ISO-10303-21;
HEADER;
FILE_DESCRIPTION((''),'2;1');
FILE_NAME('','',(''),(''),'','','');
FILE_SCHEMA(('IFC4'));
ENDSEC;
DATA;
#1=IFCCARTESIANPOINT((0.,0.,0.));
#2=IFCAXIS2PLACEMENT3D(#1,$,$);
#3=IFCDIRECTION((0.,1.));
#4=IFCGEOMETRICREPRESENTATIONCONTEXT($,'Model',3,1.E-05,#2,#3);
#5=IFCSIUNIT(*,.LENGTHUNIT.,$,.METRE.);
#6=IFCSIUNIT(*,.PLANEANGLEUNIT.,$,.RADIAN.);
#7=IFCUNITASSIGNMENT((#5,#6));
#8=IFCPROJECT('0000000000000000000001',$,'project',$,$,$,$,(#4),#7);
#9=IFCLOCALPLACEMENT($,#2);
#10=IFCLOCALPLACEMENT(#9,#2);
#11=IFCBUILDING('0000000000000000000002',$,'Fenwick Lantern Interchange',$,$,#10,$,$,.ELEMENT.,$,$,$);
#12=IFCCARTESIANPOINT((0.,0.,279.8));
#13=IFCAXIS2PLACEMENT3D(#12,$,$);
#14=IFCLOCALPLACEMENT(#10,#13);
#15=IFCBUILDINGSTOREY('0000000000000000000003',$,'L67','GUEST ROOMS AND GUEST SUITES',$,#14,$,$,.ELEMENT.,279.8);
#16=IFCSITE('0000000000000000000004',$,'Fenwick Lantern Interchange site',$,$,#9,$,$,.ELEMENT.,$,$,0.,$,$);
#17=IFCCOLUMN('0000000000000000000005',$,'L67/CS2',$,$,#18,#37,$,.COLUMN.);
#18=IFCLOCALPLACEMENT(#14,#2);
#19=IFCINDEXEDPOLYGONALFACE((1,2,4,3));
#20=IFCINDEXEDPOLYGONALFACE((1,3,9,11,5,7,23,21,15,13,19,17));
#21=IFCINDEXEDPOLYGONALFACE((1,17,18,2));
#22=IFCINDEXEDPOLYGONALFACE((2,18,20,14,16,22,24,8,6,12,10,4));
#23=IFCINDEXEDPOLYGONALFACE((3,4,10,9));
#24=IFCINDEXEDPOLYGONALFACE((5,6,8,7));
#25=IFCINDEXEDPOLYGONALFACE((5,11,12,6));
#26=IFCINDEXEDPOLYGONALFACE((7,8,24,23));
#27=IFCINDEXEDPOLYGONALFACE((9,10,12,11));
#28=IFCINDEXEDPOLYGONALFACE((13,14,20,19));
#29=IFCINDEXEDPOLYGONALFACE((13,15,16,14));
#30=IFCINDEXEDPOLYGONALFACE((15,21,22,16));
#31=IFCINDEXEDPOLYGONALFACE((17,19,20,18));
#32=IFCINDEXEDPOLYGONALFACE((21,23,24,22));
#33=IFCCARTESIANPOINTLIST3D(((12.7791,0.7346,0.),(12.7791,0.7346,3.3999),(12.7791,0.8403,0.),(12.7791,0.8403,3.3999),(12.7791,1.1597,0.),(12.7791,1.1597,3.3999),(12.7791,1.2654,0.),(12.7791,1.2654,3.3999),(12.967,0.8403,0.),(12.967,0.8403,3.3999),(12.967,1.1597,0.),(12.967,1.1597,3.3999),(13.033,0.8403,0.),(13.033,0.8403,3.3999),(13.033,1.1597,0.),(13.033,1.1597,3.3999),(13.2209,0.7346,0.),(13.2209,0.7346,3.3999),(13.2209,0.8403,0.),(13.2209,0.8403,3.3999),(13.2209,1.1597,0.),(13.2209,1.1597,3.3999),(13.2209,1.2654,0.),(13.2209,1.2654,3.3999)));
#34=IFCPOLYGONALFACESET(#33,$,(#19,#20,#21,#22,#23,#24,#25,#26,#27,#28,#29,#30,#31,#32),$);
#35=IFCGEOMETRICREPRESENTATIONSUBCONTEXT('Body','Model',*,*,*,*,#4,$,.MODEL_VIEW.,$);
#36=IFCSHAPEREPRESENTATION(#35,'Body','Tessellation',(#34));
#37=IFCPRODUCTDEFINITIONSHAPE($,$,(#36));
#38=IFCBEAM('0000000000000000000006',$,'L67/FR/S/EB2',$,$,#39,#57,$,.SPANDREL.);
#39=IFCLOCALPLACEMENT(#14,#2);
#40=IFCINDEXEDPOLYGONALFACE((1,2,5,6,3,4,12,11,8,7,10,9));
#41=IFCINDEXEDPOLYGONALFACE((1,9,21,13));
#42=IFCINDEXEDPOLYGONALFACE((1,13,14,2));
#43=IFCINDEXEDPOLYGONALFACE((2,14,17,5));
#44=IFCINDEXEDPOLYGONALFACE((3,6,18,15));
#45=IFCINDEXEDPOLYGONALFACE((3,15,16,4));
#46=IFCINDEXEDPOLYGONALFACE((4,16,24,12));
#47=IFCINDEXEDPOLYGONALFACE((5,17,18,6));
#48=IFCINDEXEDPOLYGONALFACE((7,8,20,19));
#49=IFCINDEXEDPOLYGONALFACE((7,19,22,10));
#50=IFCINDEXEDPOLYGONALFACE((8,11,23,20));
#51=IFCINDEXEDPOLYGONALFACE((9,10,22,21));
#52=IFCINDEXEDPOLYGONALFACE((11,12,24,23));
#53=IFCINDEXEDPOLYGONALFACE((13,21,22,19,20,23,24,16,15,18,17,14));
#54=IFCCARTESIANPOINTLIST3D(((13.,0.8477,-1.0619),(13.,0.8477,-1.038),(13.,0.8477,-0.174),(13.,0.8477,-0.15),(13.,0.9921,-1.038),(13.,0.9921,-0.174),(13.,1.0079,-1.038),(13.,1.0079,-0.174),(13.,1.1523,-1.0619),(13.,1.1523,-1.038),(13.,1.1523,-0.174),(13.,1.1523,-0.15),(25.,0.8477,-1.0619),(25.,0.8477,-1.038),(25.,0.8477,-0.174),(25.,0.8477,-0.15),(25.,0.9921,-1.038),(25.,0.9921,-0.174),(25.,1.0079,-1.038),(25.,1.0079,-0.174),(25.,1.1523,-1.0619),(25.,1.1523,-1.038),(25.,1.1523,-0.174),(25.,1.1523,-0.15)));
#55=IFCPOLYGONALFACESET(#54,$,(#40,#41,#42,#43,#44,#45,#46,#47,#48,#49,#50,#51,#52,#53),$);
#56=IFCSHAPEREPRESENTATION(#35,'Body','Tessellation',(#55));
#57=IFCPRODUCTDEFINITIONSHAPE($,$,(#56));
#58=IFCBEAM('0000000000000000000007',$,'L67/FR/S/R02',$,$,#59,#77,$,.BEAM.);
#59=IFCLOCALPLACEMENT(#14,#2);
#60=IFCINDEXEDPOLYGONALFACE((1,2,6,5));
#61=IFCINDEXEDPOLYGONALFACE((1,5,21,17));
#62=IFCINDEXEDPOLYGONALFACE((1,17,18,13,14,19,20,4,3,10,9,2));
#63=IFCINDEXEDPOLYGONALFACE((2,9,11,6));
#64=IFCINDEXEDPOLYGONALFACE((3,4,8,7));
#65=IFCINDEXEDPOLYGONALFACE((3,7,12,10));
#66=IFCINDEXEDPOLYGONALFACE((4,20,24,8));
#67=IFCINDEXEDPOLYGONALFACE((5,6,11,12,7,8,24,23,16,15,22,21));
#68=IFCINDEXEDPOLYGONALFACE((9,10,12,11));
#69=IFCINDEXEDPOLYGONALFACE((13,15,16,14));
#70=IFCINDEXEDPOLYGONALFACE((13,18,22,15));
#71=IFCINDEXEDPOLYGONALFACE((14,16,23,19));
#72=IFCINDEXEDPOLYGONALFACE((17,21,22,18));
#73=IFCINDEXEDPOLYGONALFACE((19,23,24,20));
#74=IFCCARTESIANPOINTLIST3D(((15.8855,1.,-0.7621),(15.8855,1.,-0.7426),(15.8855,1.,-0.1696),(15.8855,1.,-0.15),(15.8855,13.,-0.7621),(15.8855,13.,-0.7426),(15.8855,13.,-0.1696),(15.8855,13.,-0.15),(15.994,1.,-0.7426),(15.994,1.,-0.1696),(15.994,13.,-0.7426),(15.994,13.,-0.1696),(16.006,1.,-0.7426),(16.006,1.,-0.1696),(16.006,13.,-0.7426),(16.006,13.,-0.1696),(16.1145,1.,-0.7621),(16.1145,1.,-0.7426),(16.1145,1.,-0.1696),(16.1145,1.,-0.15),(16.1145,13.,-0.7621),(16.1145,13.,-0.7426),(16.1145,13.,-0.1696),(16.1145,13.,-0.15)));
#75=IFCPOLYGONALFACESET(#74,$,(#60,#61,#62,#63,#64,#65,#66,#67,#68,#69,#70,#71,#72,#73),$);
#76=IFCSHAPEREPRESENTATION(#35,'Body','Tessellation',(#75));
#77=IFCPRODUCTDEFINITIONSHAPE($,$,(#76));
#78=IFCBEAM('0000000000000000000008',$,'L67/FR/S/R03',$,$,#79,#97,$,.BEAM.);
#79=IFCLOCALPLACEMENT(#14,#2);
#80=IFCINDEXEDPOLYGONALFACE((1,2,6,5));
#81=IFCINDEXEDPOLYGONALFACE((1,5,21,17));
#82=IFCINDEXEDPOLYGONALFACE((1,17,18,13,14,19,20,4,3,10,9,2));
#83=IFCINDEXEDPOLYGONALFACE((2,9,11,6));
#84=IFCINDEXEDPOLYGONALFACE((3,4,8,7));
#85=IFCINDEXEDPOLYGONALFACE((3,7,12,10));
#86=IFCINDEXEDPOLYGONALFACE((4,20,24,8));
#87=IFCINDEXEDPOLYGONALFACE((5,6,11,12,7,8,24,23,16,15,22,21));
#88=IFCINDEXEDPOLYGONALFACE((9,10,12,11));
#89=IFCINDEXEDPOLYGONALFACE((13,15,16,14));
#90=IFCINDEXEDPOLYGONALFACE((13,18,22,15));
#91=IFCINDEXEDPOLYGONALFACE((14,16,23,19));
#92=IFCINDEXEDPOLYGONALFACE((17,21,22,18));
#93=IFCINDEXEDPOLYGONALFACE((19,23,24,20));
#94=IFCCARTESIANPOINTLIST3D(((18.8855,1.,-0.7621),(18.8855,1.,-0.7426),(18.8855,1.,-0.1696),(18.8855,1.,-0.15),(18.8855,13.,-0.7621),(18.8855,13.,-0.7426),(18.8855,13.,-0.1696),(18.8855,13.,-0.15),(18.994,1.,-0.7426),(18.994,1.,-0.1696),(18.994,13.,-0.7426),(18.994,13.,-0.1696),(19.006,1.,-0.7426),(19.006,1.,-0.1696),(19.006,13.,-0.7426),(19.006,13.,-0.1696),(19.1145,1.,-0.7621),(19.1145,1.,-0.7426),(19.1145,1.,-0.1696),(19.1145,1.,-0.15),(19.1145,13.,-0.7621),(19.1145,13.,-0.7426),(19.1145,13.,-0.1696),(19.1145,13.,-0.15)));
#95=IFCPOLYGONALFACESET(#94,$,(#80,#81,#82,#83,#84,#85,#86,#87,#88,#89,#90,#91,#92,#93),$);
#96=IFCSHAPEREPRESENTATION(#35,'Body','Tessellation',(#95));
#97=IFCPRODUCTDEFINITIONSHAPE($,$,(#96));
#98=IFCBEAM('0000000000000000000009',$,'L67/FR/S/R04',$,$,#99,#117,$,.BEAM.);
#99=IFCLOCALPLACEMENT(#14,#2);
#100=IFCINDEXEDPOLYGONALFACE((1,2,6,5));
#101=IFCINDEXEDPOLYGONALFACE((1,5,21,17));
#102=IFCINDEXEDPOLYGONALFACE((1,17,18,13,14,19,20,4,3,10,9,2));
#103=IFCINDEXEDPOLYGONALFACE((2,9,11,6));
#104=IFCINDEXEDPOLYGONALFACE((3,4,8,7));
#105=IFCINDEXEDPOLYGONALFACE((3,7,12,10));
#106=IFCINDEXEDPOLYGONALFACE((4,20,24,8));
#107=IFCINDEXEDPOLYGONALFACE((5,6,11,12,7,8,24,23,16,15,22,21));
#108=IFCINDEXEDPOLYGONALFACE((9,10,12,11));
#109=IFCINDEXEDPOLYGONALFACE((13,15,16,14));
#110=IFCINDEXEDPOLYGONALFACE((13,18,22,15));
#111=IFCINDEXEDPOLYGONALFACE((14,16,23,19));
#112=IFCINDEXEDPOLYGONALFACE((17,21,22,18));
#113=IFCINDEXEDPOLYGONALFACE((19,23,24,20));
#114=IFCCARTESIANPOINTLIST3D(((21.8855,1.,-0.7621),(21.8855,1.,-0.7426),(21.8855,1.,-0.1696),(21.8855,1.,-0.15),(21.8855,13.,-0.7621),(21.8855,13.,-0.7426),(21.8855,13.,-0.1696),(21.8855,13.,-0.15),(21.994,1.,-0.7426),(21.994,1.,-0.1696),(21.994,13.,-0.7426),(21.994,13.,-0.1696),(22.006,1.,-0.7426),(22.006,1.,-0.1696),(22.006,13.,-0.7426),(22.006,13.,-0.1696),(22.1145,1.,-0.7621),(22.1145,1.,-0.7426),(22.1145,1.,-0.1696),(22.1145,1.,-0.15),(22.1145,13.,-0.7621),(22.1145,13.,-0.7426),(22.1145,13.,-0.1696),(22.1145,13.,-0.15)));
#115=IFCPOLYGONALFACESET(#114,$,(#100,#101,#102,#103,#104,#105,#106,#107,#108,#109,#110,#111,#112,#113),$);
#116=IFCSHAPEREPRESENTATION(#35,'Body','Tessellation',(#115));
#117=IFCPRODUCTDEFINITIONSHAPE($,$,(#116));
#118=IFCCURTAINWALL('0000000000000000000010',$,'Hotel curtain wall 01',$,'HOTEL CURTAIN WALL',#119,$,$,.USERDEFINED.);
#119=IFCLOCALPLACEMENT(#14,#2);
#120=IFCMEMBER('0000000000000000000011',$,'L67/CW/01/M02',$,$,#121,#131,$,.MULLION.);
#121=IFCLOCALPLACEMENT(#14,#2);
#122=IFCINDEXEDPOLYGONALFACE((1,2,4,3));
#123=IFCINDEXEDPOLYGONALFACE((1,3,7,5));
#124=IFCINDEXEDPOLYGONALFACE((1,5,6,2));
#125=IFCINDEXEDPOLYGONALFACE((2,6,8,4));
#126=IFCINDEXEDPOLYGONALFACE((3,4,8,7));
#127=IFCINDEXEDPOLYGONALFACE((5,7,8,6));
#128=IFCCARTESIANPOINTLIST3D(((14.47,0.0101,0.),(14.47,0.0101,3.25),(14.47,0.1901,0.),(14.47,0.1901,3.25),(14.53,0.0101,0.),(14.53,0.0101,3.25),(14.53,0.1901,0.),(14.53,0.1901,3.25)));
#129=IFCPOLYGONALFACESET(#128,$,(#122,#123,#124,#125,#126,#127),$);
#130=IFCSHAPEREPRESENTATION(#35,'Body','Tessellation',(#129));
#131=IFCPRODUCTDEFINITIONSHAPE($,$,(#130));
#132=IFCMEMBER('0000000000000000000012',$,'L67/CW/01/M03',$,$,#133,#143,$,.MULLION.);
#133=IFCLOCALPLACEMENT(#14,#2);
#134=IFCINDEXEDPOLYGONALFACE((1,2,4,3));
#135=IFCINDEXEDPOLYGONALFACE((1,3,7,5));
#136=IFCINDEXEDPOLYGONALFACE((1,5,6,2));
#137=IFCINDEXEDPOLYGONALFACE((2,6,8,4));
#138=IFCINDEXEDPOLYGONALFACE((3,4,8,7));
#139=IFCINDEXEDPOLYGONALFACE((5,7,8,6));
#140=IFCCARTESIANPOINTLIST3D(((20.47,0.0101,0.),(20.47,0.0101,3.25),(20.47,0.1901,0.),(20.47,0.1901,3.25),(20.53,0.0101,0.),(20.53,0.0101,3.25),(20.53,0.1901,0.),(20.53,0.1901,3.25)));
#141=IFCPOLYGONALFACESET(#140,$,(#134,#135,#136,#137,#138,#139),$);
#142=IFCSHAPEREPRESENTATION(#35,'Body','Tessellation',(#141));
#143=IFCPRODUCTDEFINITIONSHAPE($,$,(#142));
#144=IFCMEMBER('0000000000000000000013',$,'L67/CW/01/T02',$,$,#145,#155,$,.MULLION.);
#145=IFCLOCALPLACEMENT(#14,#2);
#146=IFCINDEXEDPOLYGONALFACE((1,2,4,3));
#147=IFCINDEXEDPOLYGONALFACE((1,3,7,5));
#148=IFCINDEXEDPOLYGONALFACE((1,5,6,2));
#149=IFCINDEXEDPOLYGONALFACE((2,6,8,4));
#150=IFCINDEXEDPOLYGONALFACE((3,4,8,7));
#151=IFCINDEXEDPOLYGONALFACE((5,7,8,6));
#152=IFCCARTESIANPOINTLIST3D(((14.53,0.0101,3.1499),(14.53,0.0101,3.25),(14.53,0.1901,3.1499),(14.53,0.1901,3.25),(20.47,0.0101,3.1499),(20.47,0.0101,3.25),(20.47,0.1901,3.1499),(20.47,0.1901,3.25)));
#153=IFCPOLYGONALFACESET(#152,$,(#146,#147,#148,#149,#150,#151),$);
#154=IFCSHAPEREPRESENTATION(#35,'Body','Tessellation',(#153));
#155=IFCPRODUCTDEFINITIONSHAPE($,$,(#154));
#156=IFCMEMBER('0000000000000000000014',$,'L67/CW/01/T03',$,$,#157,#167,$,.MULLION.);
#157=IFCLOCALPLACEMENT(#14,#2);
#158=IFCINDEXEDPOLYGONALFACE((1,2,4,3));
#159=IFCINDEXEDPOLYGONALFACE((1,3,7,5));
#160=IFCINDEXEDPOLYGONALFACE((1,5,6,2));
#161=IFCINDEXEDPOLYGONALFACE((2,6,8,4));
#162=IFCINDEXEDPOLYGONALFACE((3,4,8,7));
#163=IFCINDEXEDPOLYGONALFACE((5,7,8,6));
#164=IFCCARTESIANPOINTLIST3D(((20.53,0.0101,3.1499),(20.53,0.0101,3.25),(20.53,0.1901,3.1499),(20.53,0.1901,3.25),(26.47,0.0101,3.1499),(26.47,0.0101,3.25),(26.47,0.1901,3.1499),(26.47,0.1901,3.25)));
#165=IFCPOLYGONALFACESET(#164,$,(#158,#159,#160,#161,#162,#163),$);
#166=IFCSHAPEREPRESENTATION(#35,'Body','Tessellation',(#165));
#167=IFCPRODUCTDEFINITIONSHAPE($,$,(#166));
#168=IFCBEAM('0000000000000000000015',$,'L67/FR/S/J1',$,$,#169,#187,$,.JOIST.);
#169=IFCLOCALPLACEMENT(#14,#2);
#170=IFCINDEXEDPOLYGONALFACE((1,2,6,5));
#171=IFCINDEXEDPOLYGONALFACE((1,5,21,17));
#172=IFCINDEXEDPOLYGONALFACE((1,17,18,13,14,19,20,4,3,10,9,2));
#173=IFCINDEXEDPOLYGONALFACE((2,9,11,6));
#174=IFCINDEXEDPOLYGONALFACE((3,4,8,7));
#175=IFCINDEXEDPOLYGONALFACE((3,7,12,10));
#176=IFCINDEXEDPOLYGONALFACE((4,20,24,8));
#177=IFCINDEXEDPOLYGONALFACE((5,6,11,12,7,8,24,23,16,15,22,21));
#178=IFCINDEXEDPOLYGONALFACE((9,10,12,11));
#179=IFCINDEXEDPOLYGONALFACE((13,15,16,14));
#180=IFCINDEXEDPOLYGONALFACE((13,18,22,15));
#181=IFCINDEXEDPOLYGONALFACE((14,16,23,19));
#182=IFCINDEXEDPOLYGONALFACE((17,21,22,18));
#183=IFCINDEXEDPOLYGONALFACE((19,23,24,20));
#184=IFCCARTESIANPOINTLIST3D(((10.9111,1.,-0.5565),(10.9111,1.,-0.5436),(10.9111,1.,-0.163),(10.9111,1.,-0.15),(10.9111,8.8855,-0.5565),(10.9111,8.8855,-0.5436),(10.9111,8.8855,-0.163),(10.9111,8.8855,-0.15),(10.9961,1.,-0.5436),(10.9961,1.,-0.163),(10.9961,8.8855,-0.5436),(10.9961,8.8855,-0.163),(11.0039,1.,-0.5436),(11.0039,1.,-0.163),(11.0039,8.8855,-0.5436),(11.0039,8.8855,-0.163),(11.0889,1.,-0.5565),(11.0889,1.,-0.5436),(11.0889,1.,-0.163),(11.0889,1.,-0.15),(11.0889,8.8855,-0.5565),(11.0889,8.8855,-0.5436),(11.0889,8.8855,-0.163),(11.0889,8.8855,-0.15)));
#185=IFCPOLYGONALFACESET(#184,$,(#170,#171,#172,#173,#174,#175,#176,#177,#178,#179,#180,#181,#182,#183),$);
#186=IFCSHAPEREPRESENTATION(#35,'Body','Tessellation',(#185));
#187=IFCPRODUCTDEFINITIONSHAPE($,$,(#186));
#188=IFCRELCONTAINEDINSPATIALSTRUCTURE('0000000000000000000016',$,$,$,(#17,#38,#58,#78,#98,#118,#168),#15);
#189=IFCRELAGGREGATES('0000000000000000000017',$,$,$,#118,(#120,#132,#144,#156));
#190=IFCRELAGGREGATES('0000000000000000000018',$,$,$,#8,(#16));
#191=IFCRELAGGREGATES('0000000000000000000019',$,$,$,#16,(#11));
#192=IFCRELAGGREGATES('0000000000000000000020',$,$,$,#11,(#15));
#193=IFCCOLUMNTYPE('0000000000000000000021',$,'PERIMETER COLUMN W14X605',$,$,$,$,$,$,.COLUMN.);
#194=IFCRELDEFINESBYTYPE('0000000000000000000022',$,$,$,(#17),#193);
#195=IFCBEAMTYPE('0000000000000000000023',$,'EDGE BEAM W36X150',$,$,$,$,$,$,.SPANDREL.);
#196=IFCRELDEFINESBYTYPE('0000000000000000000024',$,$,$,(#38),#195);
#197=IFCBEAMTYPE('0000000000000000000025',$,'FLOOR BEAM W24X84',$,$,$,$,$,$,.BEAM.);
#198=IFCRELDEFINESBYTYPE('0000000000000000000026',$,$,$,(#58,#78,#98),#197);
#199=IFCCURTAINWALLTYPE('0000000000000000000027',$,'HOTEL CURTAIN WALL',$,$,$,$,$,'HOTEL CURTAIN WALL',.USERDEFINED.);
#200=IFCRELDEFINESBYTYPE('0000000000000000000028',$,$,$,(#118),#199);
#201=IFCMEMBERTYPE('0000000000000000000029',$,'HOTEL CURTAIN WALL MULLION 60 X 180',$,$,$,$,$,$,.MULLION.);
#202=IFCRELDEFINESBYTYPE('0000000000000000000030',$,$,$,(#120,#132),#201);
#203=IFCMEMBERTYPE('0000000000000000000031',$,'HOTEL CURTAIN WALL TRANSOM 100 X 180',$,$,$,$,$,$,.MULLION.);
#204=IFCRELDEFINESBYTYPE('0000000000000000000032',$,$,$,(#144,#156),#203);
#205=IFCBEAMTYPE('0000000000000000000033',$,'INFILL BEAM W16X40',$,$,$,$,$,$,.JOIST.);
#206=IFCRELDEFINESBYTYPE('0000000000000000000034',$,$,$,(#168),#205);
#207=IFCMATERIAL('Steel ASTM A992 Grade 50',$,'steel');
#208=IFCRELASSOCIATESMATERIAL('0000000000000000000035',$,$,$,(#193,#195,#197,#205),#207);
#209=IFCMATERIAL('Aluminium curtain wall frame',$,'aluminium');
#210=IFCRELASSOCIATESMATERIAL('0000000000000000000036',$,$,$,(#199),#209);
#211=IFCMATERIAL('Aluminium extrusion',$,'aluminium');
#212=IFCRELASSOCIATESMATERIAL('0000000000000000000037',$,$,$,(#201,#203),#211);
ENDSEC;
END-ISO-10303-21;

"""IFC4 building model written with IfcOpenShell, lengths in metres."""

from ifc_helpers import new_model, si_unit, direction, frame, origin, origin_2d, place, context, subcontext, project, spatial, rectangle, i_section, extrude, material, material_profile, profile_set, type_object, element, aggregate, save


model = new_model("IFC4")

# Units and contexts
model_context = context("Model", 3, precision=1e-05, world=origin(), true_north=direction((0.0, 1.0)))
body_context = subcontext(model_context, "Body", "Model", "MODEL_VIEW")
ifc_project = project(units=[si_unit("LENGTHUNIT", "METRE"), si_unit("PLANEANGLEUNIT", "RADIAN")], contexts=[model_context])

# Site, building, storey
site_placement = place(None, origin())
site = spatial("IfcSite", under=ifc_project, at=site_placement, Name="Fenwick Lantern Interchange site", CompositionType="ELEMENT", RefElevation=0.0)
building_placement = place(site_placement, origin())
building = spatial("IfcBuilding", under=site, at=building_placement, Name="Fenwick Lantern Interchange", CompositionType="ELEMENT")
storey_placement = place(building_placement, frame((0.0, 0.0, 279.8)))
storey = spatial("IfcBuildingStorey", under=building, at=storey_placement, Name="L67", Description="GUEST ROOMS AND GUEST SUITES", CompositionType="ELEMENT", Elevation=279.8)

# Column
ifc_material_1 = material(Name="Steel ASTM A992 Grade 50", Category="steel")
ifc_material_profile_1 = material_profile(ifc_material_1, i_section(OverallWidth=0.4419, OverallDepth=0.5308, WebThickness=0.0659, FlangeThickness=0.1057, at=origin_2d()), Name="W14X605")
ifc_profile_set_1 = profile_set([ifc_material_profile_1], Name="Steel ASTM A992 Grade 50")
column_type = type_object("IfcColumnType", Name="PERIMETER COLUMN W14X605", PredefinedType="COLUMN", material=ifc_profile_set_1)
column_placement = place(storey_placement, frame((13.0, 1.0, 0.0), z_axis=(0.0, 0.0, 1.0), x_axis=(1.0, 0.0, 0.0)))
element("IfcColumn", 1, at=column_placement, inside=storey, type_object=column_type, Name="L67/CS2", PredefinedType="COLUMN", context=body_context, shape_type="SweptSolid", body=[
    extrude(i_section(OverallWidth=0.4419, OverallDepth=0.5308, WebThickness=0.0659, FlangeThickness=0.1057, at=origin_2d()), origin(), (0.0, 0.0, 1.0), 3.3999),
])

# Beams
ifc_material_profile_2 = material_profile(ifc_material_1, i_section(OverallWidth=0.3047, OverallDepth=0.9119, WebThickness=0.0159, FlangeThickness=0.0239, at=origin_2d()), Name="W36X150")
ifc_profile_set_2 = profile_set([ifc_material_profile_2], Name="Steel ASTM A992 Grade 50")
beam_type_1 = type_object("IfcBeamType", Name="EDGE BEAM W36X150", PredefinedType="SPANDREL", material=ifc_profile_set_2)
beam_1_placement = place(storey_placement, frame((13.0, 1.0, -0.606), z_axis=(1.0, 0.0, 0.0), x_axis=(0.0, 1.0, 0.0)))
element("IfcBeam", 2, at=beam_1_placement, inside=storey, type_object=beam_type_1, Name="L67/FR/S/EB2", PredefinedType="SPANDREL", context=body_context, shape_type="SweptSolid", body=[
    extrude(i_section(OverallWidth=0.3047, OverallDepth=0.9119, WebThickness=0.0159, FlangeThickness=0.0239, at=origin_2d()), origin(), (0.0, 0.0, 1.0), 12.0),
])
ifc_material_profile_3 = material_profile(ifc_material_1, i_section(OverallWidth=0.229, OverallDepth=0.6121, WebThickness=0.012, FlangeThickness=0.0195, at=origin_2d()), Name="W24X84")
ifc_profile_set_3 = profile_set([ifc_material_profile_3], Name="Steel ASTM A992 Grade 50")
beam_type_2 = type_object("IfcBeamType", Name="FLOOR BEAM W24X84", PredefinedType="BEAM", material=ifc_profile_set_3)
for number, where, z_axis, x_axis, name in (
    (3, (16.0, 1.0, -0.4561), (0.0, 1.0, 0.0), (-1.0, 0.0, 0.0), "L67/FR/S/R02"),
    (4, (19.0, 1.0, -0.4561), (0.0, 1.0, 0.0), (-1.0, 0.0, 0.0), "L67/FR/S/R03"),
    (5, (22.0, 1.0, -0.4561), (0.0, 1.0, 0.0), (-1.0, 0.0, 0.0), "L67/FR/S/R04"),
):
    element("IfcBeam", number, at=place(storey_placement, frame(where, z_axis=z_axis, x_axis=x_axis)), inside=storey, type_object=beam_type_2, Name=name, PredefinedType="BEAM", context=body_context, shape_type="SweptSolid", body=[
        extrude(i_section(OverallWidth=0.229, OverallDepth=0.6121, WebThickness=0.012, FlangeThickness=0.0195, at=origin_2d()), origin(), (0.0, 0.0, 1.0), 12.0),
    ])

# Curtain wall, members
ifc_material_2 = material(Name="Aluminium curtain wall frame", Category="aluminium")
curtain_wall_type = type_object("IfcCurtainWallType", Name="HOTEL CURTAIN WALL", ElementType="HOTEL CURTAIN WALL", PredefinedType="USERDEFINED", material=ifc_material_2)
curtain_wall_placement = place(storey_placement, origin())
curtain_wall = element("IfcCurtainWall", 6, at=curtain_wall_placement, inside=storey, type_object=curtain_wall_type, Name="Hotel curtain wall 01", ObjectType="HOTEL CURTAIN WALL", PredefinedType="USERDEFINED")
ifc_material_3 = material(Name="Aluminium extrusion", Category="aluminium")
ifc_material_profile_4 = material_profile(ifc_material_3, rectangle(XDim=0.1799, YDim=0.0601, at=origin_2d()), Name="HOTEL CURTAIN WALL MULLION 60 X 180")
ifc_profile_set_4 = profile_set([ifc_material_profile_4], Name="Aluminium extrusion")
member_type_1 = type_object("IfcMemberType", Name="HOTEL CURTAIN WALL MULLION 60 X 180", PredefinedType="MULLION", material=ifc_profile_set_4)
member_1_placement = place(storey_placement, frame((14.5, 0.1001, 0.0), z_axis=(0.0, 0.0, 1.0), x_axis=(0.0, 1.0, 0.0)))
member_1 = element("IfcMember", 7, at=member_1_placement, type_object=member_type_1, Name="L67/CW/01/M02", PredefinedType="MULLION", context=body_context, shape_type="SweptSolid", body=[
    extrude(rectangle(XDim=0.1799, YDim=0.0601, at=origin_2d()), origin(), (0.0, 0.0, 1.0), 3.25),
])
member_2_placement = place(storey_placement, frame((20.5, 0.1001, 0.0), z_axis=(0.0, 0.0, 1.0), x_axis=(0.0, 1.0, 0.0)))
member_2 = element("IfcMember", 8, at=member_2_placement, type_object=member_type_1, Name="L67/CW/01/M03", PredefinedType="MULLION", context=body_context, shape_type="SweptSolid", body=[
    extrude(rectangle(XDim=0.1799, YDim=0.0601, at=origin_2d()), origin(), (0.0, 0.0, 1.0), 3.25),
])
ifc_material_profile_5 = material_profile(ifc_material_3, rectangle(XDim=0.1799, YDim=0.1001, at=origin_2d()), Name="HOTEL CURTAIN WALL TRANSOM 100 X 180")
ifc_profile_set_5 = profile_set([ifc_material_profile_5], Name="Aluminium extrusion")
member_type_2 = type_object("IfcMemberType", Name="HOTEL CURTAIN WALL TRANSOM 100 X 180", PredefinedType="MULLION", material=ifc_profile_set_5)
member_3_placement = place(storey_placement, frame((14.53, 0.1001, 3.2), z_axis=(1.0, 0.0, 0.0), x_axis=(0.0, 1.0, 0.0)))
member_3 = element("IfcMember", 9, at=member_3_placement, type_object=member_type_2, Name="L67/CW/01/T02", PredefinedType="MULLION", context=body_context, shape_type="SweptSolid", body=[
    extrude(rectangle(XDim=0.1799, YDim=0.1001, at=origin_2d()), origin(), (0.0, 0.0, 1.0), 5.9399),
])
member_4_placement = place(storey_placement, frame((20.53, 0.1001, 3.2), z_axis=(1.0, 0.0, 0.0), x_axis=(0.0, 1.0, 0.0)))
member_4 = element("IfcMember", 10, at=member_4_placement, type_object=member_type_2, Name="L67/CW/01/T03", PredefinedType="MULLION", context=body_context, shape_type="SweptSolid", body=[
    extrude(rectangle(XDim=0.1799, YDim=0.1001, at=origin_2d()), origin(), (0.0, 0.0, 1.0), 5.9399),
])
aggregate(curtain_wall, [member_1, member_2, member_3, member_4])

# Beam
ifc_material_profile_6 = material_profile(ifc_material_1, i_section(OverallWidth=0.1777, OverallDepth=0.4065, WebThickness=0.0078, FlangeThickness=0.0129, at=origin_2d()), Name="W16X40")
ifc_profile_set_6 = profile_set([ifc_material_profile_6], Name="Steel ASTM A992 Grade 50")
beam_type_3 = type_object("IfcBeamType", Name="INFILL BEAM W16X40", PredefinedType="JOIST", material=ifc_profile_set_6)
beam_2_placement = place(storey_placement, frame((11.0, 1.0, -0.3533), z_axis=(0.0, 1.0, 0.0), x_axis=(-1.0, 0.0, 0.0)))
element("IfcBeam", 11, at=beam_2_placement, inside=storey, type_object=beam_type_3, Name="L67/FR/S/J1", PredefinedType="JOIST", context=body_context, shape_type="SweptSolid", body=[
    extrude(i_section(OverallWidth=0.1777, OverallDepth=0.4065, WebThickness=0.0078, FlangeThickness=0.0129, at=origin_2d()), origin(), (0.0, 0.0, 1.0), 7.8855),
])

save(model, "model.ifc")
